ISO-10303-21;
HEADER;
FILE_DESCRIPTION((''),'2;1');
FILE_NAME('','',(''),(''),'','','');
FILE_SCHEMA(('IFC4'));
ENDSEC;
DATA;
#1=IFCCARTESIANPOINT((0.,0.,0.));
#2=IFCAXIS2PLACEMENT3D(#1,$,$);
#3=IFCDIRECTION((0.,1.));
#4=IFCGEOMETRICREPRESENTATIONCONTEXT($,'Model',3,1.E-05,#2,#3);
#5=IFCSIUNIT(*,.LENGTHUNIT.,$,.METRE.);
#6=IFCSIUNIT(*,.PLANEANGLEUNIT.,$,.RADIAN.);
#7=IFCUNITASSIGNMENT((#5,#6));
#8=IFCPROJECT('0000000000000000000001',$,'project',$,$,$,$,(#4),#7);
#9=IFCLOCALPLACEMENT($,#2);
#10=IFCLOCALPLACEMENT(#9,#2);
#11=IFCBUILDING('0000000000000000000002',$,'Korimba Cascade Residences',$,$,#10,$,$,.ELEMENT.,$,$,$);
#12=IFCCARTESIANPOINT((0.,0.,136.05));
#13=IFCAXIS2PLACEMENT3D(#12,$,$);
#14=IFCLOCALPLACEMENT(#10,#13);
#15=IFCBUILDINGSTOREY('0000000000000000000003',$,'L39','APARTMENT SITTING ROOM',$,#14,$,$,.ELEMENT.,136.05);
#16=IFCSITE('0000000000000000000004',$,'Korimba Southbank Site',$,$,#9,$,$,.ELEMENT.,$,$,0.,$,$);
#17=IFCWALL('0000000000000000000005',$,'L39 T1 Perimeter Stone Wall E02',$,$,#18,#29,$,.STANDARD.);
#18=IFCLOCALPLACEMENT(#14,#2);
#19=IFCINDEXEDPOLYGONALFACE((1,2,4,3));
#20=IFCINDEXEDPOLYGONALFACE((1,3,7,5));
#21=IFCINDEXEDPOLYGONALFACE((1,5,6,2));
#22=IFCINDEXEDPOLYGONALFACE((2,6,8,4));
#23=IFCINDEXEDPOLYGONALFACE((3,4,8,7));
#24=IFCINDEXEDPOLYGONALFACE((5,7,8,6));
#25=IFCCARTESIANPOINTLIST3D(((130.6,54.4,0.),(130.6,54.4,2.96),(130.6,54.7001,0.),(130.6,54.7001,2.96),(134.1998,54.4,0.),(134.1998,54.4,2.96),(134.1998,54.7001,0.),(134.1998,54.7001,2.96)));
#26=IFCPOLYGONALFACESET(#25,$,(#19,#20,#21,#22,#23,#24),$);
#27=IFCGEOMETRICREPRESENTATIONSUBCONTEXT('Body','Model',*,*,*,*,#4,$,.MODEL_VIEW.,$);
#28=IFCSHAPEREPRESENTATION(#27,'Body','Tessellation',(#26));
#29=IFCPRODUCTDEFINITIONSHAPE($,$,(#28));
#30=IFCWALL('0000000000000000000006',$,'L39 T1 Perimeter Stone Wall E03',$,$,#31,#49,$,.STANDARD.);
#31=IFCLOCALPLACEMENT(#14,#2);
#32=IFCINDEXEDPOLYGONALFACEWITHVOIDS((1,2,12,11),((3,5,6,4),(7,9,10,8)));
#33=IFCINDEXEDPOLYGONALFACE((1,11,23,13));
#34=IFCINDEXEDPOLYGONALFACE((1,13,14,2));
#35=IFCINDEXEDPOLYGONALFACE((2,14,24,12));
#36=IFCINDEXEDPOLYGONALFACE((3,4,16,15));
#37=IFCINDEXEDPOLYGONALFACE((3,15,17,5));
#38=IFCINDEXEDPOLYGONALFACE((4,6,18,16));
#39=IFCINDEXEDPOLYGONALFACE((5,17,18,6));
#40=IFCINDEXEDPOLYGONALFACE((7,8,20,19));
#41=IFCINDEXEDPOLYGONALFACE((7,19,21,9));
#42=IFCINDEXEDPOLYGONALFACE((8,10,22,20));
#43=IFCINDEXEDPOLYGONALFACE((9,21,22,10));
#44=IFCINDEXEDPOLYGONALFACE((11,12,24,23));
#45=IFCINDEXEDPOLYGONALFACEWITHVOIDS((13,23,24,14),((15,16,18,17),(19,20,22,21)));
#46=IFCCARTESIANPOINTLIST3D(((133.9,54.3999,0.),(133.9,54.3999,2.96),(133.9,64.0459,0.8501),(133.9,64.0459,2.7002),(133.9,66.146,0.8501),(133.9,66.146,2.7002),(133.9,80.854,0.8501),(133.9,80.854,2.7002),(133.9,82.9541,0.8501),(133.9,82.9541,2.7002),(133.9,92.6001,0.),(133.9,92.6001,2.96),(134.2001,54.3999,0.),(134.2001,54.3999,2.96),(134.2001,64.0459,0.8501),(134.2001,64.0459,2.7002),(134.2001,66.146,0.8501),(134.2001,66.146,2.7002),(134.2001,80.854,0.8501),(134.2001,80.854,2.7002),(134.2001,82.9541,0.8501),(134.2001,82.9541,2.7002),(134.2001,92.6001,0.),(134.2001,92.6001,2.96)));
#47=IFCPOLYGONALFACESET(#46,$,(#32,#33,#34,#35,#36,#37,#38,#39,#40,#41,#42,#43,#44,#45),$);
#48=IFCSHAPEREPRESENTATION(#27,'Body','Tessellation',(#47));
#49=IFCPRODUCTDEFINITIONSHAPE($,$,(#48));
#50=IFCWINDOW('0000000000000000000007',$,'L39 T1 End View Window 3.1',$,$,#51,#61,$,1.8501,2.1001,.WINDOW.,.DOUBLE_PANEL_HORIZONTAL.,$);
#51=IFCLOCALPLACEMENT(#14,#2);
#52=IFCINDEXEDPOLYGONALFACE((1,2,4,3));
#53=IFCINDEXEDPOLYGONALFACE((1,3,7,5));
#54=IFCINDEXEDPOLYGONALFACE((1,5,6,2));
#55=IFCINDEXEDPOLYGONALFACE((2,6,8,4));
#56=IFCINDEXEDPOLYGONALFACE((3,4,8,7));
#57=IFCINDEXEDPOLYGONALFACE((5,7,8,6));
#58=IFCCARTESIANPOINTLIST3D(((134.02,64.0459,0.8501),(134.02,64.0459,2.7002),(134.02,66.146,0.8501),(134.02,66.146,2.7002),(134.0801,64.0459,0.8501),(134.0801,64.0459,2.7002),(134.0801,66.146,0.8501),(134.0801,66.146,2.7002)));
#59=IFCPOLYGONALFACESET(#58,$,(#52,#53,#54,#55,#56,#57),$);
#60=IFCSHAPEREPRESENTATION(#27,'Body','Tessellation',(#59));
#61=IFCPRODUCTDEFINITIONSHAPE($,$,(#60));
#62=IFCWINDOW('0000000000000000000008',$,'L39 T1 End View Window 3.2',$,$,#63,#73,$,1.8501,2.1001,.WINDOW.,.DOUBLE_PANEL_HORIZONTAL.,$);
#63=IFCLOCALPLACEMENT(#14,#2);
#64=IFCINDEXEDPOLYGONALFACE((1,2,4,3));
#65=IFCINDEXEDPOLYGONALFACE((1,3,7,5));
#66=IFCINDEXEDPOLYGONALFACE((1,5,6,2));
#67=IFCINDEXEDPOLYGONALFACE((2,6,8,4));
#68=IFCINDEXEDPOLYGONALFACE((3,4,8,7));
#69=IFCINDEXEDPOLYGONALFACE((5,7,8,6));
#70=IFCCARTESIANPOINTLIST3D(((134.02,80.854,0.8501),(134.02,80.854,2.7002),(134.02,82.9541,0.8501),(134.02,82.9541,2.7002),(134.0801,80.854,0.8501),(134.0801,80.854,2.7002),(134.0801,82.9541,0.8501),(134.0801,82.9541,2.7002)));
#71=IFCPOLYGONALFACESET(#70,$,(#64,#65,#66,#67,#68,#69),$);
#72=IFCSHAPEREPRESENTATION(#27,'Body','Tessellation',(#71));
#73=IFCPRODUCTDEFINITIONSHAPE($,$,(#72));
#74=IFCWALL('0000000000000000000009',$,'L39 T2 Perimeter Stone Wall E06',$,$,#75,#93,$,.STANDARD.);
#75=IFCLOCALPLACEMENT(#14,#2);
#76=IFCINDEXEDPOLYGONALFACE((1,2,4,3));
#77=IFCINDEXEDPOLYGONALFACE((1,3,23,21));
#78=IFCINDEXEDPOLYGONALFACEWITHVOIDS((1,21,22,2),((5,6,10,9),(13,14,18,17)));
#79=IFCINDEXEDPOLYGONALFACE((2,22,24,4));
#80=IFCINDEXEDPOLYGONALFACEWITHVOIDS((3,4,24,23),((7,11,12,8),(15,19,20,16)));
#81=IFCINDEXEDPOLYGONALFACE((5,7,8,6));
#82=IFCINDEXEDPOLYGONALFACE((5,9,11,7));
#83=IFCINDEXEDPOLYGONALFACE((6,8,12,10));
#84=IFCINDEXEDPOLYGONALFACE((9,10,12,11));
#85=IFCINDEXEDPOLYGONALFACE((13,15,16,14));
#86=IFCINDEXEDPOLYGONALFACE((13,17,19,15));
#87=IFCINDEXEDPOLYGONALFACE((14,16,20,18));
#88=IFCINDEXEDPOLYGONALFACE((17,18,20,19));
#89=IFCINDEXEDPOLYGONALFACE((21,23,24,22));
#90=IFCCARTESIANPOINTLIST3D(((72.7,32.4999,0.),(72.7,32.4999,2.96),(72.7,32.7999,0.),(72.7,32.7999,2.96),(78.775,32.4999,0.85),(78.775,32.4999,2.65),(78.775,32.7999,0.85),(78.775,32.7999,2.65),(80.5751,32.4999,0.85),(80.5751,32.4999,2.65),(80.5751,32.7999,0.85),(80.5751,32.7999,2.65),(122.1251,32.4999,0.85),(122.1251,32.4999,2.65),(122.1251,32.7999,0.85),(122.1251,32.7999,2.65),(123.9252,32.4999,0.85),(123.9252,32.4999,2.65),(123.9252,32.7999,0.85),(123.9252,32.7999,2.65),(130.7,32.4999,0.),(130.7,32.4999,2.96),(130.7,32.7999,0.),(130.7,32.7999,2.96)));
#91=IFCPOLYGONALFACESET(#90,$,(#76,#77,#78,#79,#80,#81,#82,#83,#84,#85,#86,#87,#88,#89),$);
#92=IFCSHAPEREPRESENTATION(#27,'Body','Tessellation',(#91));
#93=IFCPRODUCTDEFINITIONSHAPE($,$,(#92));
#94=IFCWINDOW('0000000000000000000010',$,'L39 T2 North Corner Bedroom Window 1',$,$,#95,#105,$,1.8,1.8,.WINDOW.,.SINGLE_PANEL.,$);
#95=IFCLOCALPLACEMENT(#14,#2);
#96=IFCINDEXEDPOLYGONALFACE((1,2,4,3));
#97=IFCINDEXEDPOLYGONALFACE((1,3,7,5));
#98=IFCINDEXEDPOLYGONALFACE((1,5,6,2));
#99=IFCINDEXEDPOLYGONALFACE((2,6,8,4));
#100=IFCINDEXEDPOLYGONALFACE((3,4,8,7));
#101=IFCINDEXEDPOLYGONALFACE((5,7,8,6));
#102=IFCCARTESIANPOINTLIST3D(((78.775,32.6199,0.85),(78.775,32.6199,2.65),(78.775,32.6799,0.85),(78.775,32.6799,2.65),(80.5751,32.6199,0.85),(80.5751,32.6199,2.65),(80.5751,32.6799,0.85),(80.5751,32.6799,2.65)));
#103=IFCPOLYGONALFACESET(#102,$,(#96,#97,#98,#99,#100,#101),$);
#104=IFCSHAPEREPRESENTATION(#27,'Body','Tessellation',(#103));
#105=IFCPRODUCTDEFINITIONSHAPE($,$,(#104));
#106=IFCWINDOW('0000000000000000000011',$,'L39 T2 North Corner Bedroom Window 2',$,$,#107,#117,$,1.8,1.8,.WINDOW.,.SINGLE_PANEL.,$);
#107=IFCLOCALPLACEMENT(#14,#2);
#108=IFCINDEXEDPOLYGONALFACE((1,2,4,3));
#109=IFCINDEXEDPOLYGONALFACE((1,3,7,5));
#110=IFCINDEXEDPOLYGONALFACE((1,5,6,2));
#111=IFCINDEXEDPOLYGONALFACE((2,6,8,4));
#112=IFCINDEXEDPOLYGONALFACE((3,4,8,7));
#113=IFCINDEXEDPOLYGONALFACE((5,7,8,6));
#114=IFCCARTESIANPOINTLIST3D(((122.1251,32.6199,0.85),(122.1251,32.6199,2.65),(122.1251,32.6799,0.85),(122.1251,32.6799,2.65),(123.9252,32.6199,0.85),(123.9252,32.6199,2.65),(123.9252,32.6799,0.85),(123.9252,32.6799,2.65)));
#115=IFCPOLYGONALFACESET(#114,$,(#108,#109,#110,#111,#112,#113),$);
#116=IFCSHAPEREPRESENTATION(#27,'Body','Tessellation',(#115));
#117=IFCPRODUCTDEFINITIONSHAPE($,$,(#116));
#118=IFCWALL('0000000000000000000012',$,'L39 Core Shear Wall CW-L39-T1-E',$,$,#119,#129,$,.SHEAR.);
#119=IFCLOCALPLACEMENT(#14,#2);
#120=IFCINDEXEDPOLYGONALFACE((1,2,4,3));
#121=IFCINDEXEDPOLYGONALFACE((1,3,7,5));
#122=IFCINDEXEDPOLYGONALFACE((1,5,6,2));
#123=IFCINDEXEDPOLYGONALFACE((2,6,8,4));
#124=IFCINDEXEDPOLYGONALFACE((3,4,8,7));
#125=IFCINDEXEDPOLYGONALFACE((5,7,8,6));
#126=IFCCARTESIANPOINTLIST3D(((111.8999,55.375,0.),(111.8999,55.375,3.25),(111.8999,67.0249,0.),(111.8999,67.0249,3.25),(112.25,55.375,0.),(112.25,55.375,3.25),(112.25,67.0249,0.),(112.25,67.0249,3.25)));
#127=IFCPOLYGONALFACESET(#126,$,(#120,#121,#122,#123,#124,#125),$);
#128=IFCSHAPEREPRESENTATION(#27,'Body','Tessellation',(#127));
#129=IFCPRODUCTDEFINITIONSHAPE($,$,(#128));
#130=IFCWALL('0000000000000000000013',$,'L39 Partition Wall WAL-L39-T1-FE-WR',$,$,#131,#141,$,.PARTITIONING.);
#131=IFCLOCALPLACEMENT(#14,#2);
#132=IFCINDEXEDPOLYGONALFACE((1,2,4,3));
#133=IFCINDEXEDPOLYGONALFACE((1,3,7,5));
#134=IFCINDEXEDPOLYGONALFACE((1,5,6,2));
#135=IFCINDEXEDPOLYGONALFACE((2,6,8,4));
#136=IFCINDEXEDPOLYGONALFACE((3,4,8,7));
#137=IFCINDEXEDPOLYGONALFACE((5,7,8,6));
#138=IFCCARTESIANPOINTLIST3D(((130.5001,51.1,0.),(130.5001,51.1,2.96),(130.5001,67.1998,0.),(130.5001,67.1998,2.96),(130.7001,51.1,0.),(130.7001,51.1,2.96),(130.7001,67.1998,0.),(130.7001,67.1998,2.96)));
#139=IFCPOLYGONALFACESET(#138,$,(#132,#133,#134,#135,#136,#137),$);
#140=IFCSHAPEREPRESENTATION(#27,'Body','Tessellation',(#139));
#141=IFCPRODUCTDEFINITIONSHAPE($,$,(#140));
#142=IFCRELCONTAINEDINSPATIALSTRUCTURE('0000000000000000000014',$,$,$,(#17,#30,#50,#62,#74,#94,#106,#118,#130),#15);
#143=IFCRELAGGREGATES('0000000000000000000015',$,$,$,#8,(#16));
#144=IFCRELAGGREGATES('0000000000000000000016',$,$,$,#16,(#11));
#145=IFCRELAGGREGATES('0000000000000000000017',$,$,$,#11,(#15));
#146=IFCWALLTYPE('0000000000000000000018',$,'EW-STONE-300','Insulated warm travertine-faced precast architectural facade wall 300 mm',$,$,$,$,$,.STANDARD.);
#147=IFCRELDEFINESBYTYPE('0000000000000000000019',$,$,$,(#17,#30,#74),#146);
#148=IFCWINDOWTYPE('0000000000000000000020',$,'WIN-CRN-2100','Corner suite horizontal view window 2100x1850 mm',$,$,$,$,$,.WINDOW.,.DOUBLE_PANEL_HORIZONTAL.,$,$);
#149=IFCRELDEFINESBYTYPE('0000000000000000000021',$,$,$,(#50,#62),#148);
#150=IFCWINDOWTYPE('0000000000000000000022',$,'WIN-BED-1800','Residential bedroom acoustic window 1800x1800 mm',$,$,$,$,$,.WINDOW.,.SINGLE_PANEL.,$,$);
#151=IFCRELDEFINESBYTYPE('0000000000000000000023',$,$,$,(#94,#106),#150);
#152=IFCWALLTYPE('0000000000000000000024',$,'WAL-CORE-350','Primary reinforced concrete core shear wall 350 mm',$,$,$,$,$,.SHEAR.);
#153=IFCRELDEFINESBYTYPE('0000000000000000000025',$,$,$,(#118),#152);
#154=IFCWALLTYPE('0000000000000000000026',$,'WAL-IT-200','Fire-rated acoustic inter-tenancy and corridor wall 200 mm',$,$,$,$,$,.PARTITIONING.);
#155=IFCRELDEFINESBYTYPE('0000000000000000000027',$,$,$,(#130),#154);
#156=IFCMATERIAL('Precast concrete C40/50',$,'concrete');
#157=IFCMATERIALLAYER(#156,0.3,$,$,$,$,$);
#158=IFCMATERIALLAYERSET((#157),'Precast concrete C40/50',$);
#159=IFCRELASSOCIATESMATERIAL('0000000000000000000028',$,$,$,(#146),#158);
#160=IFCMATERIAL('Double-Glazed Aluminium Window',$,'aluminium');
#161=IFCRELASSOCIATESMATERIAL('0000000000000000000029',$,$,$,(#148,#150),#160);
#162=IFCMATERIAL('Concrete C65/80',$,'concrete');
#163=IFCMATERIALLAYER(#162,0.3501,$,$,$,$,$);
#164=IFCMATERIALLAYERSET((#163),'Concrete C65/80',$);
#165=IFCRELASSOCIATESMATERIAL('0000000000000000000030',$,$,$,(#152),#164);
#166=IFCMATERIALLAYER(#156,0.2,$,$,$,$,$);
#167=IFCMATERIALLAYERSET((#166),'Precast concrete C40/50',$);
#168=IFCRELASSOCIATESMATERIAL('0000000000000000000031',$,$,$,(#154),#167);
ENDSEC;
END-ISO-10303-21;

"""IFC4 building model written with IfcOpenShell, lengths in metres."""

from ifc_helpers import new_model, si_unit, direction, frame, frame_2d, origin, place, context, subcontext, project, spatial, rectangle, extrude, material, layer, layer_set, type_object, element, fill, save


model = new_model("IFC4")

# Units and contexts
model_context = context("Model", 3, precision=1e-05, world=origin(), true_north=direction((0.0, 1.0)))
body_context = subcontext(model_context, "Body", "Model", "MODEL_VIEW")
ifc_project = project(units=[si_unit("LENGTHUNIT", "METRE"), si_unit("PLANEANGLEUNIT", "RADIAN")], contexts=[model_context])

# Site, building, storey
site_placement = place(None, origin())
site = spatial("IfcSite", under=ifc_project, at=site_placement, Name="Korimba Southbank Site", CompositionType="ELEMENT", RefElevation=0.0)
building_placement = place(site_placement, origin())
building = spatial("IfcBuilding", under=site, at=building_placement, Name="Korimba Cascade Residences", CompositionType="ELEMENT")
storey_placement = place(building_placement, frame((0.0, 0.0, 136.05)))
storey = spatial("IfcBuildingStorey", under=building, at=storey_placement, Name="L39", Description="APARTMENT SITTING ROOM", CompositionType="ELEMENT", Elevation=136.05)

# Shared definitions
ifc_material_1 = material(Name="Concrete C65/80", Category="concrete")

# Wall
ifc_material_2 = material(Name="Precast concrete C40/50", Category="concrete")
ifc_layer_1 = layer(ifc_material_2, 0.3)
ifc_layer_set_1 = layer_set([ifc_layer_1], Name="Precast concrete C40/50")
wall_type_1 = type_object("IfcWallType", Name="EW-STONE-300", Description="Insulated warm travertine-faced precast architectural facade wall 300 mm", PredefinedType="STANDARD", material=ifc_layer_set_1)
for number, where, z_axis, x_axis, name in (
    (1, (130.6001, 54.55, 0.0), (0.0, 0.0, 1.0), (1.0, 0.0, 0.0), "L39 T1 Perimeter Stone Wall E02"),
):
    element("IfcWall", number, at=place(storey_placement, frame(where, z_axis=z_axis, x_axis=x_axis)), inside=storey, type_object=wall_type_1, Name=name, PredefinedType="STANDARD", context=body_context, shape_type="SweptSolid", body=[
        extrude(rectangle(XDim=3.5999, YDim=0.3, at=frame_2d((1.7998, 0.0))), origin(), (0.0, 0.0, 1.0), 2.96),
    ])

# Walls, openings, windows
wall_1_placement = place(storey_placement, frame((134.05, 54.3999, 0.0), z_axis=(0.0, 0.0, 1.0), x_axis=(0.0, 1.0, 0.0)))
wall_1 = element("IfcWall", 2, at=wall_1_placement, inside=storey, type_object=wall_type_1, Name="L39 T1 Perimeter Stone Wall E03", PredefinedType="STANDARD", context=body_context, shape_type="SweptSolid", body=[
    extrude(rectangle(XDim=38.2002, YDim=0.3, at=frame_2d((19.1001, 0.0))), origin(), (0.0, 0.0, 1.0), 2.96),
])
opening_1_placement = place(wall_1_placement, frame((9.646, 0.0, 0.8501)))
opening_1 = element("IfcOpeningElement", 3, at=opening_1_placement, cuts=wall_1, PredefinedType="OPENING", context=body_context, shape_type="SweptSolid", body=[
    extrude(rectangle(XDim=2.1001, YDim=1.8501, at=frame_2d((1.05, 0.925))), frame((0.0, 0.1602, 0.0), z_axis=(0.0, -1.0, 0.0), x_axis=(1.0, 0.0, 0.0)), (0.0, 0.0, 1.0), 0.3201),
])
opening_2_placement = place(wall_1_placement, frame((26.4541, 0.0, 0.8501)))
opening_2 = element("IfcOpeningElement", 4, at=opening_2_placement, cuts=wall_1, PredefinedType="OPENING", context=body_context, shape_type="SweptSolid", body=[
    extrude(rectangle(XDim=2.1001, YDim=1.8501, at=frame_2d((1.05, 0.925))), frame((0.0, 0.1602, 0.0), z_axis=(0.0, -1.0, 0.0), x_axis=(1.0, 0.0, 0.0)), (0.0, 0.0, 1.0), 0.3201),
])
ifc_material_3 = material(Name="Double-Glazed Aluminium Window", Category="aluminium")
window_type_1 = type_object("IfcWindowType", Name="WIN-CRN-2100", Description="Corner suite horizontal view window 2100x1850 mm", PartitioningType="DOUBLE_PANEL_HORIZONTAL", PredefinedType="WINDOW", material=ifc_material_3)
window_1_placement = place(opening_1_placement, origin())
window_1 = element("IfcWindow", 5, at=window_1_placement, inside=storey, type_object=window_type_1, Name="L39 T1 End View Window 3.1", OverallHeight=1.8501, OverallWidth=2.1001, PartitioningType="DOUBLE_PANEL_HORIZONTAL", PredefinedType="WINDOW", context=body_context, shape_type="SweptSolid", body=[
    extrude(rectangle(XDim=2.1001, YDim=1.8501, at=frame_2d((1.05, 0.925))), frame((0.0, 0.03, 0.0), z_axis=(0.0, -1.0, 0.0), x_axis=(1.0, 0.0, 0.0)), (0.0, 0.0, 1.0), 0.0601),
])
fill(opening_1, window_1)
window_2_placement = place(opening_2_placement, origin())
window_2 = element("IfcWindow", 6, at=window_2_placement, inside=storey, type_object=window_type_1, Name="L39 T1 End View Window 3.2", OverallHeight=1.8501, OverallWidth=2.1001, PartitioningType="DOUBLE_PANEL_HORIZONTAL", PredefinedType="WINDOW", context=body_context, shape_type="SweptSolid", body=[
    extrude(rectangle(XDim=2.1001, YDim=1.8501, at=frame_2d((1.05, 0.925))), frame((0.0, 0.03, 0.0), z_axis=(0.0, -1.0, 0.0), x_axis=(1.0, 0.0, 0.0)), (0.0, 0.0, 1.0), 0.0601),
])
fill(opening_2, window_2)
wall_2_placement = place(storey_placement, frame((130.7, 32.6499, 0.0), z_axis=(0.0, 0.0, 1.0), x_axis=(-1.0, 0.0, 0.0)))
wall_2 = element("IfcWall", 7, at=wall_2_placement, inside=storey, type_object=wall_type_1, Name="L39 T2 Perimeter Stone Wall E06", PredefinedType="STANDARD", context=body_context, shape_type="SweptSolid", body=[
    extrude(rectangle(XDim=58.0, YDim=0.3, at=frame_2d((29.0, 0.0))), origin(), (0.0, 0.0, 1.0), 2.96),
])
opening_3_placement = place(wall_2_placement, frame((50.125, 0.0, 0.8501)))
opening_3 = element("IfcOpeningElement", 8, at=opening_3_placement, cuts=wall_2, PredefinedType="OPENING", context=body_context, shape_type="SweptSolid", body=[
    extrude(rectangle(XDim=1.8, YDim=1.8, at=frame_2d((0.8999, 0.8999))), frame((0.0, 0.1602, 0.0), z_axis=(0.0, -1.0, 0.0), x_axis=(1.0, 0.0, 0.0)), (0.0, 0.0, 1.0), 0.3201),
])
opening_4_placement = place(wall_2_placement, frame((6.7749, 0.0, 0.8501)))
opening_4 = element("IfcOpeningElement", 9, at=opening_4_placement, cuts=wall_2, PredefinedType="OPENING", context=body_context, shape_type="SweptSolid", body=[
    extrude(rectangle(XDim=1.8, YDim=1.8, at=frame_2d((0.8999, 0.8999))), frame((0.0, 0.1602, 0.0), z_axis=(0.0, -1.0, 0.0), x_axis=(1.0, 0.0, 0.0)), (0.0, 0.0, 1.0), 0.3201),
])
window_type_2 = type_object("IfcWindowType", Name="WIN-BED-1800", Description="Residential bedroom acoustic window 1800x1800 mm", PartitioningType="SINGLE_PANEL", PredefinedType="WINDOW", material=ifc_material_3)
window_3_placement = place(opening_3_placement, origin())
window_3 = element("IfcWindow", 10, at=window_3_placement, inside=storey, type_object=window_type_2, Name="L39 T2 North Corner Bedroom Window 1", OverallHeight=1.8, OverallWidth=1.8, PartitioningType="SINGLE_PANEL", PredefinedType="WINDOW", context=body_context, shape_type="SweptSolid", body=[
    extrude(rectangle(XDim=1.8, YDim=1.8, at=frame_2d((0.8999, 0.8999))), frame((0.0, 0.03, 0.0), z_axis=(0.0, -1.0, 0.0), x_axis=(1.0, 0.0, 0.0)), (0.0, 0.0, 1.0), 0.0601),
])
fill(opening_3, window_3)
window_4_placement = place(opening_4_placement, origin())
window_4 = element("IfcWindow", 11, at=window_4_placement, inside=storey, type_object=window_type_2, Name="L39 T2 North Corner Bedroom Window 2", OverallHeight=1.8, OverallWidth=1.8, PartitioningType="SINGLE_PANEL", PredefinedType="WINDOW", context=body_context, shape_type="SweptSolid", body=[
    extrude(rectangle(XDim=1.8, YDim=1.8, at=frame_2d((0.8999, 0.8999))), frame((0.0, 0.03, 0.0), z_axis=(0.0, -1.0, 0.0), x_axis=(1.0, 0.0, 0.0)), (0.0, 0.0, 1.0), 0.0601),
])
fill(opening_4, window_4)

# Walls
ifc_layer_2 = layer(ifc_material_1, 0.3501)
ifc_layer_set_2 = layer_set([ifc_layer_2], Name="Concrete C65/80")
wall_type_2 = type_object("IfcWallType", Name="WAL-CORE-350", Description="Primary reinforced concrete core shear wall 350 mm", PredefinedType="SHEAR", material=ifc_layer_set_2)
wall_3_placement = place(storey_placement, frame((112.075, 55.375, 0.0), z_axis=(0.0, 0.0, 1.0), x_axis=(0.0, 1.0, 0.0)))
element("IfcWall", 12, at=wall_3_placement, inside=storey, type_object=wall_type_2, Name="L39 Core Shear Wall CW-L39-T1-E", PredefinedType="SHEAR", context=body_context, shape_type="SweptSolid", body=[
    extrude(rectangle(XDim=11.6499, YDim=0.3501, at=frame_2d((5.825, 0.0))), origin(), (0.0, 0.0, 1.0), 3.25),
])
ifc_layer_3 = layer(ifc_material_2, 0.2)
ifc_layer_set_3 = layer_set([ifc_layer_3], Name="Precast concrete C40/50")
wall_type_3 = type_object("IfcWallType", Name="WAL-IT-200", Description="Fire-rated acoustic inter-tenancy and corridor wall 200 mm", PredefinedType="PARTITIONING", material=ifc_layer_set_3)
wall_4_placement = place(storey_placement, frame((130.6001, 51.1001, 0.0), z_axis=(0.0, 0.0, 1.0), x_axis=(0.0, 1.0, 0.0)))
element("IfcWall", 13, at=wall_4_placement, inside=storey, type_object=wall_type_3, Name="L39 Partition Wall WAL-L39-T1-FE-WR", PredefinedType="PARTITIONING", context=body_context, shape_type="SweptSolid", body=[
    extrude(rectangle(XDim=16.0999, YDim=0.2, at=frame_2d((8.0498, 0.0))), origin(), (0.0, 0.0, 1.0), 2.96),
])

save(model, "model.ifc")
